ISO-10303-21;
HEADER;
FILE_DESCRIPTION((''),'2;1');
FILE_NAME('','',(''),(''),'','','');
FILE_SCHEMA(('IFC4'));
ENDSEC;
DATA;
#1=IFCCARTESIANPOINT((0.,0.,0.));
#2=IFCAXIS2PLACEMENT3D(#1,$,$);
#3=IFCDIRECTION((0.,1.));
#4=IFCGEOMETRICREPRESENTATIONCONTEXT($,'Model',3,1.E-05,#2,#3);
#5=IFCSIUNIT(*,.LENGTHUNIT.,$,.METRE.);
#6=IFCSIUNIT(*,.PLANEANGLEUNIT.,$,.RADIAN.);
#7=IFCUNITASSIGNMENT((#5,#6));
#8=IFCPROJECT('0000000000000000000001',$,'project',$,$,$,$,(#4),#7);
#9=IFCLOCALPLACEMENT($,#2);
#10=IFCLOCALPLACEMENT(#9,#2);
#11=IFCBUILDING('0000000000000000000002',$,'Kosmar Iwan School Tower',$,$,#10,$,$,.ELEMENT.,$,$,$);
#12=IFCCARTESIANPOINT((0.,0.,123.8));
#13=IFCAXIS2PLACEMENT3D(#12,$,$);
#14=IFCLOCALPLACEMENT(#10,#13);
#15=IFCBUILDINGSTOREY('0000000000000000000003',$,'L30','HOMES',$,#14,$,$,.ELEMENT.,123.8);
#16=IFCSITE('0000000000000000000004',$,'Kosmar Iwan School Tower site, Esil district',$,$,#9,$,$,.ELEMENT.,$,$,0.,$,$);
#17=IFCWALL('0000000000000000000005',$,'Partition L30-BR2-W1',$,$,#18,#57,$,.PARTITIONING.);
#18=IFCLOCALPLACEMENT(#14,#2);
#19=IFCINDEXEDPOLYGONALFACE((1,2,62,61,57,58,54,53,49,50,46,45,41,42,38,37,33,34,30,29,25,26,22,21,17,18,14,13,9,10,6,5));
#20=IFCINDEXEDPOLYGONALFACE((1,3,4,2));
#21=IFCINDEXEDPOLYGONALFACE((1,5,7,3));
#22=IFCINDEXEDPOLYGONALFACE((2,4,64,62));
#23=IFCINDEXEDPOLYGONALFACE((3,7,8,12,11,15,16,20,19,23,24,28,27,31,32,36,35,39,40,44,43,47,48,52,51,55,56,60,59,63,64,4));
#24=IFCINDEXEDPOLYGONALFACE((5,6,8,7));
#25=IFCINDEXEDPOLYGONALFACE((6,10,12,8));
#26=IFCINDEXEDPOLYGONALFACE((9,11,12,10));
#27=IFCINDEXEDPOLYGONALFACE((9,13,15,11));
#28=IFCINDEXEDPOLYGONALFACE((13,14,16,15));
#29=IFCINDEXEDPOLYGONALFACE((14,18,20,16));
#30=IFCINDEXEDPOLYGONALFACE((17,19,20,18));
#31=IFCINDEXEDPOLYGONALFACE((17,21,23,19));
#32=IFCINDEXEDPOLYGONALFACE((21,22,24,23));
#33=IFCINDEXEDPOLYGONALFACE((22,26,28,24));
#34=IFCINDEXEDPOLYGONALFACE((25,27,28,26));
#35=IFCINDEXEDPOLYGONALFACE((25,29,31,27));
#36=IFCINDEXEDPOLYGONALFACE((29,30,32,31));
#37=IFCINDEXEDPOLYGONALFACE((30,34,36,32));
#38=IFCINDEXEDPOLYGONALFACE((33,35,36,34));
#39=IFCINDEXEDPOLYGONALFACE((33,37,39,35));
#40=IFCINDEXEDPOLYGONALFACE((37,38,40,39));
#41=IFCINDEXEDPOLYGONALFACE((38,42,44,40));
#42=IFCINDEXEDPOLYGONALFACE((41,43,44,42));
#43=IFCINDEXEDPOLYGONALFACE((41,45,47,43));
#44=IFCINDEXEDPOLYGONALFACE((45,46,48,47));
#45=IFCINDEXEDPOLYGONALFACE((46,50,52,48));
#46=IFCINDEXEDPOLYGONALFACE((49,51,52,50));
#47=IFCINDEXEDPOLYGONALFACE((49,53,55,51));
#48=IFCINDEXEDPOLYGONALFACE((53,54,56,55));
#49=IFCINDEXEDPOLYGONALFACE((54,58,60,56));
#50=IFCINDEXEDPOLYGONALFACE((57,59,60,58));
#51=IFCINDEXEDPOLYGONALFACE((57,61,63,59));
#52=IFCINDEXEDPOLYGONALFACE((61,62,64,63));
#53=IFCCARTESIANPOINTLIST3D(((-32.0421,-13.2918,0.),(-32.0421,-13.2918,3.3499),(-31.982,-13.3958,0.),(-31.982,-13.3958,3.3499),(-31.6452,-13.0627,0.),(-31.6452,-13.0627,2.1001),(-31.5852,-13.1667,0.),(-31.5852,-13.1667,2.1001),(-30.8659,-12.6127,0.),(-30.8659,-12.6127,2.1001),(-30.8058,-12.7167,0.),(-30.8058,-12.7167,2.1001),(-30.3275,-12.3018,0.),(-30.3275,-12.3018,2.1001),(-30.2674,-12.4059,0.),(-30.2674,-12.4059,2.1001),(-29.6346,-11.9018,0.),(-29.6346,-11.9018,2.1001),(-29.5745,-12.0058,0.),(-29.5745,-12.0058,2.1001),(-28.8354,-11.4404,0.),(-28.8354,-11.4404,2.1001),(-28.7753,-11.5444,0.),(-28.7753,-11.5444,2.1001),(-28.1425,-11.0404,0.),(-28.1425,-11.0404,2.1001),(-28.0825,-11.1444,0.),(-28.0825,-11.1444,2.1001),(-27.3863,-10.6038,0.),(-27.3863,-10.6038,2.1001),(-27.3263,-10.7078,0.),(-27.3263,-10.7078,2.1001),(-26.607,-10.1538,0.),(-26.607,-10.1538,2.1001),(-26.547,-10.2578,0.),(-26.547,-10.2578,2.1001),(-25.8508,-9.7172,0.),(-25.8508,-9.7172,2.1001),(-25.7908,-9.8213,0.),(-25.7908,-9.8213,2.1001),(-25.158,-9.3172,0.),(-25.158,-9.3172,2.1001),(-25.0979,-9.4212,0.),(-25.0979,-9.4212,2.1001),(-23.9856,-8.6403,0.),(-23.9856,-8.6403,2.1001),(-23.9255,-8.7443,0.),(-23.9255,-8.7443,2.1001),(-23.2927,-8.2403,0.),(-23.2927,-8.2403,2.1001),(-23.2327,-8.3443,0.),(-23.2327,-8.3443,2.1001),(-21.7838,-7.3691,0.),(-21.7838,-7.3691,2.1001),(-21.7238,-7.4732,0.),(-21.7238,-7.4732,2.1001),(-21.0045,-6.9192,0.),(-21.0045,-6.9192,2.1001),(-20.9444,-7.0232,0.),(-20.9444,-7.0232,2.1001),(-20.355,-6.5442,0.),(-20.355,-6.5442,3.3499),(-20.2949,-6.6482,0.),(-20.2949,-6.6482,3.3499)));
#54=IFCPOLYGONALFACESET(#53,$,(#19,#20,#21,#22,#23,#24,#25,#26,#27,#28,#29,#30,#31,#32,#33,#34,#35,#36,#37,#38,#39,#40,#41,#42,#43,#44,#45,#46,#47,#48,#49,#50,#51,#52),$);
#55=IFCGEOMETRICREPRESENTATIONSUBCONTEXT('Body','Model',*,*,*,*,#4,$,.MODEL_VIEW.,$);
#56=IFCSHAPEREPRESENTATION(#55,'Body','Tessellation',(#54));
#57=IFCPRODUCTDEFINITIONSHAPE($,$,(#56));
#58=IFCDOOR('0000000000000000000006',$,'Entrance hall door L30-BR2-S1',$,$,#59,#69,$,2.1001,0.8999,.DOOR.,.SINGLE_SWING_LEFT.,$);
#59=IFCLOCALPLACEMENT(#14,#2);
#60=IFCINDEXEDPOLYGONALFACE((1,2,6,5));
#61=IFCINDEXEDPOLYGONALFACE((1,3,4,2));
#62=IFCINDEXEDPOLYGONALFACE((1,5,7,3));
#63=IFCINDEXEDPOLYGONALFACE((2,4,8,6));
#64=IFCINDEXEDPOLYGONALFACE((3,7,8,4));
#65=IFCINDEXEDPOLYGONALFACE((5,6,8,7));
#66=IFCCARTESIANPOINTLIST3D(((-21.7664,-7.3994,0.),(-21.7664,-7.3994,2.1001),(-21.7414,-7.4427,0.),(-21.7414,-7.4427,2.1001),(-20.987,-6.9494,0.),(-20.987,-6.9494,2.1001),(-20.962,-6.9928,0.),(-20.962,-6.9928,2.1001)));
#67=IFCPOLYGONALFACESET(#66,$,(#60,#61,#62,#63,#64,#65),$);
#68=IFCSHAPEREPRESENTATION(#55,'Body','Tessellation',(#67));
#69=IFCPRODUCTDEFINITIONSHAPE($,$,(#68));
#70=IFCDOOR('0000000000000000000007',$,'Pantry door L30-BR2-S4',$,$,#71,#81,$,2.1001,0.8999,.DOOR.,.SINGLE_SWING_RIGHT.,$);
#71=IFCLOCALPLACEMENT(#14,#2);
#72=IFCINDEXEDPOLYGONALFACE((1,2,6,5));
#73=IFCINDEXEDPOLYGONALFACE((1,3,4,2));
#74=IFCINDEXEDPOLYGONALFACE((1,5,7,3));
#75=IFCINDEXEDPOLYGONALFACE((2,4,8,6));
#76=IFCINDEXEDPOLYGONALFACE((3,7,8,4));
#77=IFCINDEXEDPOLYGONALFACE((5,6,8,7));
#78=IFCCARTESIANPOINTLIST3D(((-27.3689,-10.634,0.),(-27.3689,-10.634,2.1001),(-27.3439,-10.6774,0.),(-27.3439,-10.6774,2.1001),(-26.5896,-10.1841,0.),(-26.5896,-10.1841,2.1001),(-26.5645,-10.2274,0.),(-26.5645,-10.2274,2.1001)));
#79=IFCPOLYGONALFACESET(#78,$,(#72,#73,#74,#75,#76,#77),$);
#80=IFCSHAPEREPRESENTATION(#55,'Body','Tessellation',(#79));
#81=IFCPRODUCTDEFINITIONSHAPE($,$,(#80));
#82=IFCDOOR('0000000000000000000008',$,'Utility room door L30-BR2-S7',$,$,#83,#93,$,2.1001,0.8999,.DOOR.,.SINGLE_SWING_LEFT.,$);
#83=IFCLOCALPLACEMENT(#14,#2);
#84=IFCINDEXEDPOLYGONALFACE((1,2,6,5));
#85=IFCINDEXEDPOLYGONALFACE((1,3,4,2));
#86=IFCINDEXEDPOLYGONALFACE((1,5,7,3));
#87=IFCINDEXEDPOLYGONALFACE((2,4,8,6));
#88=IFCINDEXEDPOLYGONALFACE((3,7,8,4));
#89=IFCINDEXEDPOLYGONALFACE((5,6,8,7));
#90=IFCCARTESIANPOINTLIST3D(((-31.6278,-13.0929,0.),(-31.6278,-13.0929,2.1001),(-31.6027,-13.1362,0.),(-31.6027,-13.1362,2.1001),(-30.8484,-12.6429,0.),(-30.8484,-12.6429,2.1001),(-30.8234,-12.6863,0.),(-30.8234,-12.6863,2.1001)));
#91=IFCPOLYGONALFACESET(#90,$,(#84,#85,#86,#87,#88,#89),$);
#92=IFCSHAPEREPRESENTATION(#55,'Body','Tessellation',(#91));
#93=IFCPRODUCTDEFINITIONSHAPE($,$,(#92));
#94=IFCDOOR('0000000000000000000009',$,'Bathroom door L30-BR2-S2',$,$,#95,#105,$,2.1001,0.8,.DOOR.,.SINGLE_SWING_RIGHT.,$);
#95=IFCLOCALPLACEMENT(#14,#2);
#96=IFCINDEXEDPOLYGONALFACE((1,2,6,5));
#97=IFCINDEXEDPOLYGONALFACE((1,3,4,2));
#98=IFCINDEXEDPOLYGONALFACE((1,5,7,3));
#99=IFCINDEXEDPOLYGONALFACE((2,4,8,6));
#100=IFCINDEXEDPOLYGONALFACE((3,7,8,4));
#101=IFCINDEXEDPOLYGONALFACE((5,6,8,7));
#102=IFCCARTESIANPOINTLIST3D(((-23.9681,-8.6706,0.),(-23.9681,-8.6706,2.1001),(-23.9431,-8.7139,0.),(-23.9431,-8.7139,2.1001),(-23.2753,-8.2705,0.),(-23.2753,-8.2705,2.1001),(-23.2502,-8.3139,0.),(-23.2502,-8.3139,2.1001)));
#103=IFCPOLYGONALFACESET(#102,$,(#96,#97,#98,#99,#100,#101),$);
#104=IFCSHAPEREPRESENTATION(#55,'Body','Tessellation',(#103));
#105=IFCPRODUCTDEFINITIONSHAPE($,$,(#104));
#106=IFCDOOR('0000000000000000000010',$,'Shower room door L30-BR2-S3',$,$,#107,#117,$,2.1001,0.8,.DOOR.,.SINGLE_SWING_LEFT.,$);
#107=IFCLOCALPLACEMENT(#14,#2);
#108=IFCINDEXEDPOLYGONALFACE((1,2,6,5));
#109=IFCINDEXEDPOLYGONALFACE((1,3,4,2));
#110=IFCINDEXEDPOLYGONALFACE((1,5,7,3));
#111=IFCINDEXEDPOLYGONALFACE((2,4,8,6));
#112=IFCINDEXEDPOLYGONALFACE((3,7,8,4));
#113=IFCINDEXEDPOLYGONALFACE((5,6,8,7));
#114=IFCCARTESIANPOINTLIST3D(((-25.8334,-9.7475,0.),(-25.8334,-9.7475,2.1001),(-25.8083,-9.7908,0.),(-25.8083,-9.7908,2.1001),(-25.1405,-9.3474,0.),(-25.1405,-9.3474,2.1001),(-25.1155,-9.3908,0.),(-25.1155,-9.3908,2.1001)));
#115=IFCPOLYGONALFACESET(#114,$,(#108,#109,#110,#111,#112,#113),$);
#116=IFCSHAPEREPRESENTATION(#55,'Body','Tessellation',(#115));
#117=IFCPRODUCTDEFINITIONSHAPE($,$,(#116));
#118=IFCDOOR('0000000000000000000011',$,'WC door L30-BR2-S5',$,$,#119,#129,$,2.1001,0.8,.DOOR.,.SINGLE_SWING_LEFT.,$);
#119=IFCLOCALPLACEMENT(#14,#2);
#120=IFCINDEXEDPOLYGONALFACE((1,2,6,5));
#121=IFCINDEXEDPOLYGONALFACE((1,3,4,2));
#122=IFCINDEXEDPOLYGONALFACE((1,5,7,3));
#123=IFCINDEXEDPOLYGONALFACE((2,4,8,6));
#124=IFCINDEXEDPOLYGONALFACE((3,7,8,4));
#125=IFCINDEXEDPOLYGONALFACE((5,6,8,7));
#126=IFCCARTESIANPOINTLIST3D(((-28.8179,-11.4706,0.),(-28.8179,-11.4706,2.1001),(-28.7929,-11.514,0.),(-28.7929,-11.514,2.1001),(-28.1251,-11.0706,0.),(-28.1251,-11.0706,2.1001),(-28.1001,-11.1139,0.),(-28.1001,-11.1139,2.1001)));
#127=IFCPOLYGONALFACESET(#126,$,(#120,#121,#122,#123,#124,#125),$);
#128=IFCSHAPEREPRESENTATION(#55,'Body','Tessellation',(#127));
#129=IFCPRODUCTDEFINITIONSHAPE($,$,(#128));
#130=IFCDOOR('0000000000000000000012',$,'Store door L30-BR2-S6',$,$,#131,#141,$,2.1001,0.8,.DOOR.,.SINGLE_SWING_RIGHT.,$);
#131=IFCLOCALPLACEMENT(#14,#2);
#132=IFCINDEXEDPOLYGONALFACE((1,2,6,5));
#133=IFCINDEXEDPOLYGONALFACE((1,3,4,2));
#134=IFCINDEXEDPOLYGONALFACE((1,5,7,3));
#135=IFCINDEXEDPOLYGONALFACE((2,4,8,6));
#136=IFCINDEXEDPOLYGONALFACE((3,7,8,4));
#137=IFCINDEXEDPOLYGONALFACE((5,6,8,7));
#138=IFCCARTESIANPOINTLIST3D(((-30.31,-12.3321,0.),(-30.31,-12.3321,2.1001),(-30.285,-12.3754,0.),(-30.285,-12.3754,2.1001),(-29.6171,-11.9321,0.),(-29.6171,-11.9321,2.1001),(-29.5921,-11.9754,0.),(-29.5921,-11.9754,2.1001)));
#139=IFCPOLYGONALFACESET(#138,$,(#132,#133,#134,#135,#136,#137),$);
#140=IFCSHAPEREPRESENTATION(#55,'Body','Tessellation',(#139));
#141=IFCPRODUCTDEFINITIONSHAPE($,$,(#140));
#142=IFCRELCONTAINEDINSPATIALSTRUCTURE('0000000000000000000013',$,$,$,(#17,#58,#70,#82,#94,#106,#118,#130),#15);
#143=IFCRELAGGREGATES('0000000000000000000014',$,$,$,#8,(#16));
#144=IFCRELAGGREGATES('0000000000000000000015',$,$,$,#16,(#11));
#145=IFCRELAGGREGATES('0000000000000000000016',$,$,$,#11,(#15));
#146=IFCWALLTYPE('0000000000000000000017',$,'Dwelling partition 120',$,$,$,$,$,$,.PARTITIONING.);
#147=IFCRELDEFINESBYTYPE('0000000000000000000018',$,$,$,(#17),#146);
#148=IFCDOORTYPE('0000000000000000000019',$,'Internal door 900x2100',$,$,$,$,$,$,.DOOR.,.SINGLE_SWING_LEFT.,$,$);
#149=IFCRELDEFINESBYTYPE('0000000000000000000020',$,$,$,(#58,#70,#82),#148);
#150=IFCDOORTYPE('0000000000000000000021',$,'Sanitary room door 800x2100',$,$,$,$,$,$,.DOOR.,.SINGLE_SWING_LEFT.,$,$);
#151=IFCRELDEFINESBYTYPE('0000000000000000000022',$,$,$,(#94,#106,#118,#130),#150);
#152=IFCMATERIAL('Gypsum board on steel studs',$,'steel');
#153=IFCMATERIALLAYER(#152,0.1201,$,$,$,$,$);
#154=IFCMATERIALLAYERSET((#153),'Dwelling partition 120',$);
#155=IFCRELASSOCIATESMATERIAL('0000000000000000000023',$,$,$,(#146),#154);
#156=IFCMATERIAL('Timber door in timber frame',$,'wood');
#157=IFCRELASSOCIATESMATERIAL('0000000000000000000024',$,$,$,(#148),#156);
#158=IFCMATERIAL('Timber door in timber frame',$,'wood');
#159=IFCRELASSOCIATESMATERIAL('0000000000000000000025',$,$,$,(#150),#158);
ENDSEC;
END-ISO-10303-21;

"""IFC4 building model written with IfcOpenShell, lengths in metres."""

from ifc_helpers import new_model, si_unit, direction, frame, frame_2d, origin, place, context, subcontext, project, spatial, rectangle, extrude, material, layer, layer_set, type_object, element, fill, save


model = new_model("IFC4")

# Units and contexts
model_context = context("Model", 3, precision=1e-05, world=origin(), true_north=direction((0.0, 1.0)))
body_context = subcontext(model_context, "Body", "Model", "MODEL_VIEW")
ifc_project = project(units=[si_unit("LENGTHUNIT", "METRE"), si_unit("PLANEANGLEUNIT", "RADIAN")], contexts=[model_context])

# Site, building, storey
site_placement = place(None, origin())
site = spatial("IfcSite", under=ifc_project, at=site_placement, Name="Kosmar Iwan School Tower site, Esil district", CompositionType="ELEMENT", RefElevation=0.0)
building_placement = place(site_placement, origin())
building = spatial("IfcBuilding", under=site, at=building_placement, Name="Kosmar Iwan School Tower", CompositionType="ELEMENT")
storey_placement = place(building_placement, frame((0.0, 0.0, 123.8)))
storey = spatial("IfcBuildingStorey", under=building, at=storey_placement, Name="L30", Description="HOMES", CompositionType="ELEMENT", Elevation=123.8)

# Wall, openings, doors
ifc_material_1 = material(Name="Gypsum board on steel studs", Category="steel")
ifc_layer = layer(ifc_material_1, 0.1201)
ifc_layer_set = layer_set([ifc_layer], Name="Dwelling partition 120")
wall_type = type_object("IfcWallType", Name="Dwelling partition 120", PredefinedType="PARTITIONING", material=ifc_layer_set)
wall_1_placement = place(storey_placement, frame((-20.325, -6.5962, 0.0), z_axis=(0.0, 0.0, 1.0), x_axis=(-0.866024, -0.500003, 0.0)))
wall_1 = element("IfcWall", 1, at=wall_1_placement, inside=storey, type_object=wall_type, Name="Partition L30-BR2-W1", PredefinedType="PARTITIONING", context=body_context, shape_type="SweptSolid", body=[
    extrude(rectangle(XDim=13.4951, YDim=0.1201, at=frame_2d((6.7476, 0.0))), origin(), (0.0, 0.0, 1.0), 3.3499),
])
opening_1_placement = place(wall_1_placement, frame((0.75, 0.0, 0.0)))
opening_1 = element("IfcOpeningElement", 2, at=opening_1_placement, cuts=wall_1, PredefinedType="OPENING", context=body_context, shape_type="SweptSolid", body=[
    extrude(rectangle(XDim=0.8999, YDim=2.1001, at=frame_2d((0.45, 1.05))), frame((0.0, 0.072, 0.0), z_axis=(0.0, -1.0, 0.0), x_axis=(1.0, 0.0, 0.0)), (0.0, 0.0, 1.0), 0.144),
])
opening_2_placement = place(wall_1_placement, frame((3.3923, 0.0, 0.0)))
opening_2 = element("IfcOpeningElement", 3, at=opening_2_placement, cuts=wall_1, PredefinedType="OPENING", context=body_context, shape_type="SweptSolid", body=[
    extrude(rectangle(XDim=0.8, YDim=2.1001, at=frame_2d((0.3999, 1.05))), frame((0.0, 0.072, 0.0), z_axis=(0.0, -1.0, 0.0), x_axis=(1.0, 0.0, 0.0)), (0.0, 0.0, 1.0), 0.144),
])
opening_3_placement = place(wall_1_placement, frame((5.5461, 0.0, 0.0)))
opening_3 = element("IfcOpeningElement", 4, at=opening_3_placement, cuts=wall_1, PredefinedType="OPENING", context=body_context, shape_type="SweptSolid", body=[
    extrude(rectangle(XDim=0.8, YDim=2.1001, at=frame_2d((0.3999, 1.05))), frame((0.0, 0.072, 0.0), z_axis=(0.0, -1.0, 0.0), x_axis=(1.0, 0.0, 0.0)), (0.0, 0.0, 1.0), 0.144),
])
opening_4_placement = place(wall_1_placement, frame((7.2192, 0.0, 0.0)))
opening_4 = element("IfcOpeningElement", 5, at=opening_4_placement, cuts=wall_1, PredefinedType="OPENING", context=body_context, shape_type="SweptSolid", body=[
    extrude(rectangle(XDim=0.8999, YDim=2.1001, at=frame_2d((0.45, 1.05))), frame((0.0, 0.072, 0.0), z_axis=(0.0, -1.0, 0.0), x_axis=(1.0, 0.0, 0.0)), (0.0, 0.0, 1.0), 0.144),
])
opening_5_placement = place(wall_1_placement, frame((8.9924, 0.0, 0.0)))
opening_5 = element("IfcOpeningElement", 6, at=opening_5_placement, cuts=wall_1, PredefinedType="OPENING", context=body_context, shape_type="SweptSolid", body=[
    extrude(rectangle(XDim=0.8, YDim=2.1001, at=frame_2d((0.3999, 1.05))), frame((0.0, 0.072, 0.0), z_axis=(0.0, -1.0, 0.0), x_axis=(1.0, 0.0, 0.0)), (0.0, 0.0, 1.0), 0.144),
])
opening_6_placement = place(wall_1_placement, frame((10.7153, 0.0, 0.0)))
opening_6 = element("IfcOpeningElement", 7, at=opening_6_placement, cuts=wall_1, PredefinedType="OPENING", context=body_context, shape_type="SweptSolid", body=[
    extrude(rectangle(XDim=0.8, YDim=2.1001, at=frame_2d((0.3999, 1.05))), frame((0.0, 0.072, 0.0), z_axis=(0.0, -1.0, 0.0), x_axis=(1.0, 0.0, 0.0)), (0.0, 0.0, 1.0), 0.144),
])
opening_7_placement = place(wall_1_placement, frame((12.137, 0.0, 0.0)))
opening_7 = element("IfcOpeningElement", 8, at=opening_7_placement, cuts=wall_1, PredefinedType="OPENING", context=body_context, shape_type="SweptSolid", body=[
    extrude(rectangle(XDim=0.8999, YDim=2.1001, at=frame_2d((0.45, 1.05))), frame((0.0, 0.072, 0.0), z_axis=(0.0, -1.0, 0.0), x_axis=(1.0, 0.0, 0.0)), (0.0, 0.0, 1.0), 0.144),
])
ifc_material_2 = material(Name="Timber door in timber frame", Category="wood")
door_type_1 = type_object("IfcDoorType", Name="Internal door 900x2100", OperationType="SINGLE_SWING_LEFT", PredefinedType="DOOR", material=ifc_material_2)
door_1_placement = place(opening_1_placement, origin())
door_1 = element("IfcDoor", 9, at=door_1_placement, inside=storey, type_object=door_type_1, Name="Entrance hall door L30-BR2-S1", OperationType="SINGLE_SWING_LEFT", OverallHeight=2.1001, OverallWidth=0.8999, PredefinedType="DOOR", context=body_context, shape_type="SweptSolid", body=[
    extrude(rectangle(XDim=0.8999, YDim=2.1001, at=frame_2d((0.45, 1.05))), frame((0.0, 0.0249, 0.0), z_axis=(0.0, -1.0, 0.0), x_axis=(1.0, 0.0, 0.0)), (0.0, 0.0, 1.0), 0.05),
])
fill(opening_1, door_1)
door_2_placement = place(opening_4_placement, origin())
door_2 = element("IfcDoor", 10, at=door_2_placement, inside=storey, type_object=door_type_1, Name="Pantry door L30-BR2-S4", OperationType="SINGLE_SWING_RIGHT", OverallHeight=2.1001, OverallWidth=0.8999, PredefinedType="DOOR", context=body_context, shape_type="SweptSolid", body=[
    extrude(rectangle(XDim=0.8999, YDim=2.1001, at=frame_2d((0.45, 1.05))), frame((0.0, 0.0249, 0.0), z_axis=(0.0, -1.0, 0.0), x_axis=(1.0, 0.0, 0.0)), (0.0, 0.0, 1.0), 0.05),
])
fill(opening_4, door_2)
door_3_placement = place(opening_7_placement, origin())
door_3 = element("IfcDoor", 11, at=door_3_placement, inside=storey, type_object=door_type_1, Name="Utility room door L30-BR2-S7", OperationType="SINGLE_SWING_LEFT", OverallHeight=2.1001, OverallWidth=0.8999, PredefinedType="DOOR", context=body_context, shape_type="SweptSolid", body=[
    extrude(rectangle(XDim=0.8999, YDim=2.1001, at=frame_2d((0.45, 1.05))), frame((0.0, 0.0249, 0.0), z_axis=(0.0, -1.0, 0.0), x_axis=(1.0, 0.0, 0.0)), (0.0, 0.0, 1.0), 0.05),
])
fill(opening_7, door_3)
ifc_material_3 = material(Name="Timber door in timber frame", Category="wood")
door_type_2 = type_object("IfcDoorType", Name="Sanitary room door 800x2100", OperationType="SINGLE_SWING_LEFT", PredefinedType="DOOR", material=ifc_material_3)
door_4_placement = place(opening_2_placement, origin())
door_4 = element("IfcDoor", 12, at=door_4_placement, inside=storey, type_object=door_type_2, Name="Bathroom door L30-BR2-S2", OperationType="SINGLE_SWING_RIGHT", OverallHeight=2.1001, OverallWidth=0.8, PredefinedType="DOOR", context=body_context, shape_type="SweptSolid", body=[
    extrude(rectangle(XDim=0.8, YDim=2.1001, at=frame_2d((0.3999, 1.05))), frame((0.0, 0.0249, 0.0), z_axis=(0.0, -1.0, 0.0), x_axis=(1.0, 0.0, 0.0)), (0.0, 0.0, 1.0), 0.05),
])
fill(opening_2, door_4)
door_5_placement = place(opening_3_placement, origin())
door_5 = element("IfcDoor", 13, at=door_5_placement, inside=storey, type_object=door_type_2, Name="Shower room door L30-BR2-S3", OperationType="SINGLE_SWING_LEFT", OverallHeight=2.1001, OverallWidth=0.8, PredefinedType="DOOR", context=body_context, shape_type="SweptSolid", body=[
    extrude(rectangle(XDim=0.8, YDim=2.1001, at=frame_2d((0.3999, 1.05))), frame((0.0, 0.0249, 0.0), z_axis=(0.0, -1.0, 0.0), x_axis=(1.0, 0.0, 0.0)), (0.0, 0.0, 1.0), 0.05),
])
fill(opening_3, door_5)
door_6_placement = place(opening_5_placement, origin())
door_6 = element("IfcDoor", 14, at=door_6_placement, inside=storey, type_object=door_type_2, Name="WC door L30-BR2-S5", OperationType="SINGLE_SWING_LEFT", OverallHeight=2.1001, OverallWidth=0.8, PredefinedType="DOOR", context=body_context, shape_type="SweptSolid", body=[
    extrude(rectangle(XDim=0.8, YDim=2.1001, at=frame_2d((0.3999, 1.05))), frame((0.0, 0.0249, 0.0), z_axis=(0.0, -1.0, 0.0), x_axis=(1.0, 0.0, 0.0)), (0.0, 0.0, 1.0), 0.05),
])
fill(opening_5, door_6)
door_7_placement = place(opening_6_placement, origin())
door_7 = element("IfcDoor", 15, at=door_7_placement, inside=storey, type_object=door_type_2, Name="Store door L30-BR2-S6", OperationType="SINGLE_SWING_RIGHT", OverallHeight=2.1001, OverallWidth=0.8, PredefinedType="DOOR", context=body_context, shape_type="SweptSolid", body=[
    extrude(rectangle(XDim=0.8, YDim=2.1001, at=frame_2d((0.3999, 1.05))), frame((0.0, 0.0249, 0.0), z_axis=(0.0, -1.0, 0.0), x_axis=(1.0, 0.0, 0.0)), (0.0, 0.0, 1.0), 0.05),
])
fill(opening_6, door_7)

save(model, "model.ifc")
